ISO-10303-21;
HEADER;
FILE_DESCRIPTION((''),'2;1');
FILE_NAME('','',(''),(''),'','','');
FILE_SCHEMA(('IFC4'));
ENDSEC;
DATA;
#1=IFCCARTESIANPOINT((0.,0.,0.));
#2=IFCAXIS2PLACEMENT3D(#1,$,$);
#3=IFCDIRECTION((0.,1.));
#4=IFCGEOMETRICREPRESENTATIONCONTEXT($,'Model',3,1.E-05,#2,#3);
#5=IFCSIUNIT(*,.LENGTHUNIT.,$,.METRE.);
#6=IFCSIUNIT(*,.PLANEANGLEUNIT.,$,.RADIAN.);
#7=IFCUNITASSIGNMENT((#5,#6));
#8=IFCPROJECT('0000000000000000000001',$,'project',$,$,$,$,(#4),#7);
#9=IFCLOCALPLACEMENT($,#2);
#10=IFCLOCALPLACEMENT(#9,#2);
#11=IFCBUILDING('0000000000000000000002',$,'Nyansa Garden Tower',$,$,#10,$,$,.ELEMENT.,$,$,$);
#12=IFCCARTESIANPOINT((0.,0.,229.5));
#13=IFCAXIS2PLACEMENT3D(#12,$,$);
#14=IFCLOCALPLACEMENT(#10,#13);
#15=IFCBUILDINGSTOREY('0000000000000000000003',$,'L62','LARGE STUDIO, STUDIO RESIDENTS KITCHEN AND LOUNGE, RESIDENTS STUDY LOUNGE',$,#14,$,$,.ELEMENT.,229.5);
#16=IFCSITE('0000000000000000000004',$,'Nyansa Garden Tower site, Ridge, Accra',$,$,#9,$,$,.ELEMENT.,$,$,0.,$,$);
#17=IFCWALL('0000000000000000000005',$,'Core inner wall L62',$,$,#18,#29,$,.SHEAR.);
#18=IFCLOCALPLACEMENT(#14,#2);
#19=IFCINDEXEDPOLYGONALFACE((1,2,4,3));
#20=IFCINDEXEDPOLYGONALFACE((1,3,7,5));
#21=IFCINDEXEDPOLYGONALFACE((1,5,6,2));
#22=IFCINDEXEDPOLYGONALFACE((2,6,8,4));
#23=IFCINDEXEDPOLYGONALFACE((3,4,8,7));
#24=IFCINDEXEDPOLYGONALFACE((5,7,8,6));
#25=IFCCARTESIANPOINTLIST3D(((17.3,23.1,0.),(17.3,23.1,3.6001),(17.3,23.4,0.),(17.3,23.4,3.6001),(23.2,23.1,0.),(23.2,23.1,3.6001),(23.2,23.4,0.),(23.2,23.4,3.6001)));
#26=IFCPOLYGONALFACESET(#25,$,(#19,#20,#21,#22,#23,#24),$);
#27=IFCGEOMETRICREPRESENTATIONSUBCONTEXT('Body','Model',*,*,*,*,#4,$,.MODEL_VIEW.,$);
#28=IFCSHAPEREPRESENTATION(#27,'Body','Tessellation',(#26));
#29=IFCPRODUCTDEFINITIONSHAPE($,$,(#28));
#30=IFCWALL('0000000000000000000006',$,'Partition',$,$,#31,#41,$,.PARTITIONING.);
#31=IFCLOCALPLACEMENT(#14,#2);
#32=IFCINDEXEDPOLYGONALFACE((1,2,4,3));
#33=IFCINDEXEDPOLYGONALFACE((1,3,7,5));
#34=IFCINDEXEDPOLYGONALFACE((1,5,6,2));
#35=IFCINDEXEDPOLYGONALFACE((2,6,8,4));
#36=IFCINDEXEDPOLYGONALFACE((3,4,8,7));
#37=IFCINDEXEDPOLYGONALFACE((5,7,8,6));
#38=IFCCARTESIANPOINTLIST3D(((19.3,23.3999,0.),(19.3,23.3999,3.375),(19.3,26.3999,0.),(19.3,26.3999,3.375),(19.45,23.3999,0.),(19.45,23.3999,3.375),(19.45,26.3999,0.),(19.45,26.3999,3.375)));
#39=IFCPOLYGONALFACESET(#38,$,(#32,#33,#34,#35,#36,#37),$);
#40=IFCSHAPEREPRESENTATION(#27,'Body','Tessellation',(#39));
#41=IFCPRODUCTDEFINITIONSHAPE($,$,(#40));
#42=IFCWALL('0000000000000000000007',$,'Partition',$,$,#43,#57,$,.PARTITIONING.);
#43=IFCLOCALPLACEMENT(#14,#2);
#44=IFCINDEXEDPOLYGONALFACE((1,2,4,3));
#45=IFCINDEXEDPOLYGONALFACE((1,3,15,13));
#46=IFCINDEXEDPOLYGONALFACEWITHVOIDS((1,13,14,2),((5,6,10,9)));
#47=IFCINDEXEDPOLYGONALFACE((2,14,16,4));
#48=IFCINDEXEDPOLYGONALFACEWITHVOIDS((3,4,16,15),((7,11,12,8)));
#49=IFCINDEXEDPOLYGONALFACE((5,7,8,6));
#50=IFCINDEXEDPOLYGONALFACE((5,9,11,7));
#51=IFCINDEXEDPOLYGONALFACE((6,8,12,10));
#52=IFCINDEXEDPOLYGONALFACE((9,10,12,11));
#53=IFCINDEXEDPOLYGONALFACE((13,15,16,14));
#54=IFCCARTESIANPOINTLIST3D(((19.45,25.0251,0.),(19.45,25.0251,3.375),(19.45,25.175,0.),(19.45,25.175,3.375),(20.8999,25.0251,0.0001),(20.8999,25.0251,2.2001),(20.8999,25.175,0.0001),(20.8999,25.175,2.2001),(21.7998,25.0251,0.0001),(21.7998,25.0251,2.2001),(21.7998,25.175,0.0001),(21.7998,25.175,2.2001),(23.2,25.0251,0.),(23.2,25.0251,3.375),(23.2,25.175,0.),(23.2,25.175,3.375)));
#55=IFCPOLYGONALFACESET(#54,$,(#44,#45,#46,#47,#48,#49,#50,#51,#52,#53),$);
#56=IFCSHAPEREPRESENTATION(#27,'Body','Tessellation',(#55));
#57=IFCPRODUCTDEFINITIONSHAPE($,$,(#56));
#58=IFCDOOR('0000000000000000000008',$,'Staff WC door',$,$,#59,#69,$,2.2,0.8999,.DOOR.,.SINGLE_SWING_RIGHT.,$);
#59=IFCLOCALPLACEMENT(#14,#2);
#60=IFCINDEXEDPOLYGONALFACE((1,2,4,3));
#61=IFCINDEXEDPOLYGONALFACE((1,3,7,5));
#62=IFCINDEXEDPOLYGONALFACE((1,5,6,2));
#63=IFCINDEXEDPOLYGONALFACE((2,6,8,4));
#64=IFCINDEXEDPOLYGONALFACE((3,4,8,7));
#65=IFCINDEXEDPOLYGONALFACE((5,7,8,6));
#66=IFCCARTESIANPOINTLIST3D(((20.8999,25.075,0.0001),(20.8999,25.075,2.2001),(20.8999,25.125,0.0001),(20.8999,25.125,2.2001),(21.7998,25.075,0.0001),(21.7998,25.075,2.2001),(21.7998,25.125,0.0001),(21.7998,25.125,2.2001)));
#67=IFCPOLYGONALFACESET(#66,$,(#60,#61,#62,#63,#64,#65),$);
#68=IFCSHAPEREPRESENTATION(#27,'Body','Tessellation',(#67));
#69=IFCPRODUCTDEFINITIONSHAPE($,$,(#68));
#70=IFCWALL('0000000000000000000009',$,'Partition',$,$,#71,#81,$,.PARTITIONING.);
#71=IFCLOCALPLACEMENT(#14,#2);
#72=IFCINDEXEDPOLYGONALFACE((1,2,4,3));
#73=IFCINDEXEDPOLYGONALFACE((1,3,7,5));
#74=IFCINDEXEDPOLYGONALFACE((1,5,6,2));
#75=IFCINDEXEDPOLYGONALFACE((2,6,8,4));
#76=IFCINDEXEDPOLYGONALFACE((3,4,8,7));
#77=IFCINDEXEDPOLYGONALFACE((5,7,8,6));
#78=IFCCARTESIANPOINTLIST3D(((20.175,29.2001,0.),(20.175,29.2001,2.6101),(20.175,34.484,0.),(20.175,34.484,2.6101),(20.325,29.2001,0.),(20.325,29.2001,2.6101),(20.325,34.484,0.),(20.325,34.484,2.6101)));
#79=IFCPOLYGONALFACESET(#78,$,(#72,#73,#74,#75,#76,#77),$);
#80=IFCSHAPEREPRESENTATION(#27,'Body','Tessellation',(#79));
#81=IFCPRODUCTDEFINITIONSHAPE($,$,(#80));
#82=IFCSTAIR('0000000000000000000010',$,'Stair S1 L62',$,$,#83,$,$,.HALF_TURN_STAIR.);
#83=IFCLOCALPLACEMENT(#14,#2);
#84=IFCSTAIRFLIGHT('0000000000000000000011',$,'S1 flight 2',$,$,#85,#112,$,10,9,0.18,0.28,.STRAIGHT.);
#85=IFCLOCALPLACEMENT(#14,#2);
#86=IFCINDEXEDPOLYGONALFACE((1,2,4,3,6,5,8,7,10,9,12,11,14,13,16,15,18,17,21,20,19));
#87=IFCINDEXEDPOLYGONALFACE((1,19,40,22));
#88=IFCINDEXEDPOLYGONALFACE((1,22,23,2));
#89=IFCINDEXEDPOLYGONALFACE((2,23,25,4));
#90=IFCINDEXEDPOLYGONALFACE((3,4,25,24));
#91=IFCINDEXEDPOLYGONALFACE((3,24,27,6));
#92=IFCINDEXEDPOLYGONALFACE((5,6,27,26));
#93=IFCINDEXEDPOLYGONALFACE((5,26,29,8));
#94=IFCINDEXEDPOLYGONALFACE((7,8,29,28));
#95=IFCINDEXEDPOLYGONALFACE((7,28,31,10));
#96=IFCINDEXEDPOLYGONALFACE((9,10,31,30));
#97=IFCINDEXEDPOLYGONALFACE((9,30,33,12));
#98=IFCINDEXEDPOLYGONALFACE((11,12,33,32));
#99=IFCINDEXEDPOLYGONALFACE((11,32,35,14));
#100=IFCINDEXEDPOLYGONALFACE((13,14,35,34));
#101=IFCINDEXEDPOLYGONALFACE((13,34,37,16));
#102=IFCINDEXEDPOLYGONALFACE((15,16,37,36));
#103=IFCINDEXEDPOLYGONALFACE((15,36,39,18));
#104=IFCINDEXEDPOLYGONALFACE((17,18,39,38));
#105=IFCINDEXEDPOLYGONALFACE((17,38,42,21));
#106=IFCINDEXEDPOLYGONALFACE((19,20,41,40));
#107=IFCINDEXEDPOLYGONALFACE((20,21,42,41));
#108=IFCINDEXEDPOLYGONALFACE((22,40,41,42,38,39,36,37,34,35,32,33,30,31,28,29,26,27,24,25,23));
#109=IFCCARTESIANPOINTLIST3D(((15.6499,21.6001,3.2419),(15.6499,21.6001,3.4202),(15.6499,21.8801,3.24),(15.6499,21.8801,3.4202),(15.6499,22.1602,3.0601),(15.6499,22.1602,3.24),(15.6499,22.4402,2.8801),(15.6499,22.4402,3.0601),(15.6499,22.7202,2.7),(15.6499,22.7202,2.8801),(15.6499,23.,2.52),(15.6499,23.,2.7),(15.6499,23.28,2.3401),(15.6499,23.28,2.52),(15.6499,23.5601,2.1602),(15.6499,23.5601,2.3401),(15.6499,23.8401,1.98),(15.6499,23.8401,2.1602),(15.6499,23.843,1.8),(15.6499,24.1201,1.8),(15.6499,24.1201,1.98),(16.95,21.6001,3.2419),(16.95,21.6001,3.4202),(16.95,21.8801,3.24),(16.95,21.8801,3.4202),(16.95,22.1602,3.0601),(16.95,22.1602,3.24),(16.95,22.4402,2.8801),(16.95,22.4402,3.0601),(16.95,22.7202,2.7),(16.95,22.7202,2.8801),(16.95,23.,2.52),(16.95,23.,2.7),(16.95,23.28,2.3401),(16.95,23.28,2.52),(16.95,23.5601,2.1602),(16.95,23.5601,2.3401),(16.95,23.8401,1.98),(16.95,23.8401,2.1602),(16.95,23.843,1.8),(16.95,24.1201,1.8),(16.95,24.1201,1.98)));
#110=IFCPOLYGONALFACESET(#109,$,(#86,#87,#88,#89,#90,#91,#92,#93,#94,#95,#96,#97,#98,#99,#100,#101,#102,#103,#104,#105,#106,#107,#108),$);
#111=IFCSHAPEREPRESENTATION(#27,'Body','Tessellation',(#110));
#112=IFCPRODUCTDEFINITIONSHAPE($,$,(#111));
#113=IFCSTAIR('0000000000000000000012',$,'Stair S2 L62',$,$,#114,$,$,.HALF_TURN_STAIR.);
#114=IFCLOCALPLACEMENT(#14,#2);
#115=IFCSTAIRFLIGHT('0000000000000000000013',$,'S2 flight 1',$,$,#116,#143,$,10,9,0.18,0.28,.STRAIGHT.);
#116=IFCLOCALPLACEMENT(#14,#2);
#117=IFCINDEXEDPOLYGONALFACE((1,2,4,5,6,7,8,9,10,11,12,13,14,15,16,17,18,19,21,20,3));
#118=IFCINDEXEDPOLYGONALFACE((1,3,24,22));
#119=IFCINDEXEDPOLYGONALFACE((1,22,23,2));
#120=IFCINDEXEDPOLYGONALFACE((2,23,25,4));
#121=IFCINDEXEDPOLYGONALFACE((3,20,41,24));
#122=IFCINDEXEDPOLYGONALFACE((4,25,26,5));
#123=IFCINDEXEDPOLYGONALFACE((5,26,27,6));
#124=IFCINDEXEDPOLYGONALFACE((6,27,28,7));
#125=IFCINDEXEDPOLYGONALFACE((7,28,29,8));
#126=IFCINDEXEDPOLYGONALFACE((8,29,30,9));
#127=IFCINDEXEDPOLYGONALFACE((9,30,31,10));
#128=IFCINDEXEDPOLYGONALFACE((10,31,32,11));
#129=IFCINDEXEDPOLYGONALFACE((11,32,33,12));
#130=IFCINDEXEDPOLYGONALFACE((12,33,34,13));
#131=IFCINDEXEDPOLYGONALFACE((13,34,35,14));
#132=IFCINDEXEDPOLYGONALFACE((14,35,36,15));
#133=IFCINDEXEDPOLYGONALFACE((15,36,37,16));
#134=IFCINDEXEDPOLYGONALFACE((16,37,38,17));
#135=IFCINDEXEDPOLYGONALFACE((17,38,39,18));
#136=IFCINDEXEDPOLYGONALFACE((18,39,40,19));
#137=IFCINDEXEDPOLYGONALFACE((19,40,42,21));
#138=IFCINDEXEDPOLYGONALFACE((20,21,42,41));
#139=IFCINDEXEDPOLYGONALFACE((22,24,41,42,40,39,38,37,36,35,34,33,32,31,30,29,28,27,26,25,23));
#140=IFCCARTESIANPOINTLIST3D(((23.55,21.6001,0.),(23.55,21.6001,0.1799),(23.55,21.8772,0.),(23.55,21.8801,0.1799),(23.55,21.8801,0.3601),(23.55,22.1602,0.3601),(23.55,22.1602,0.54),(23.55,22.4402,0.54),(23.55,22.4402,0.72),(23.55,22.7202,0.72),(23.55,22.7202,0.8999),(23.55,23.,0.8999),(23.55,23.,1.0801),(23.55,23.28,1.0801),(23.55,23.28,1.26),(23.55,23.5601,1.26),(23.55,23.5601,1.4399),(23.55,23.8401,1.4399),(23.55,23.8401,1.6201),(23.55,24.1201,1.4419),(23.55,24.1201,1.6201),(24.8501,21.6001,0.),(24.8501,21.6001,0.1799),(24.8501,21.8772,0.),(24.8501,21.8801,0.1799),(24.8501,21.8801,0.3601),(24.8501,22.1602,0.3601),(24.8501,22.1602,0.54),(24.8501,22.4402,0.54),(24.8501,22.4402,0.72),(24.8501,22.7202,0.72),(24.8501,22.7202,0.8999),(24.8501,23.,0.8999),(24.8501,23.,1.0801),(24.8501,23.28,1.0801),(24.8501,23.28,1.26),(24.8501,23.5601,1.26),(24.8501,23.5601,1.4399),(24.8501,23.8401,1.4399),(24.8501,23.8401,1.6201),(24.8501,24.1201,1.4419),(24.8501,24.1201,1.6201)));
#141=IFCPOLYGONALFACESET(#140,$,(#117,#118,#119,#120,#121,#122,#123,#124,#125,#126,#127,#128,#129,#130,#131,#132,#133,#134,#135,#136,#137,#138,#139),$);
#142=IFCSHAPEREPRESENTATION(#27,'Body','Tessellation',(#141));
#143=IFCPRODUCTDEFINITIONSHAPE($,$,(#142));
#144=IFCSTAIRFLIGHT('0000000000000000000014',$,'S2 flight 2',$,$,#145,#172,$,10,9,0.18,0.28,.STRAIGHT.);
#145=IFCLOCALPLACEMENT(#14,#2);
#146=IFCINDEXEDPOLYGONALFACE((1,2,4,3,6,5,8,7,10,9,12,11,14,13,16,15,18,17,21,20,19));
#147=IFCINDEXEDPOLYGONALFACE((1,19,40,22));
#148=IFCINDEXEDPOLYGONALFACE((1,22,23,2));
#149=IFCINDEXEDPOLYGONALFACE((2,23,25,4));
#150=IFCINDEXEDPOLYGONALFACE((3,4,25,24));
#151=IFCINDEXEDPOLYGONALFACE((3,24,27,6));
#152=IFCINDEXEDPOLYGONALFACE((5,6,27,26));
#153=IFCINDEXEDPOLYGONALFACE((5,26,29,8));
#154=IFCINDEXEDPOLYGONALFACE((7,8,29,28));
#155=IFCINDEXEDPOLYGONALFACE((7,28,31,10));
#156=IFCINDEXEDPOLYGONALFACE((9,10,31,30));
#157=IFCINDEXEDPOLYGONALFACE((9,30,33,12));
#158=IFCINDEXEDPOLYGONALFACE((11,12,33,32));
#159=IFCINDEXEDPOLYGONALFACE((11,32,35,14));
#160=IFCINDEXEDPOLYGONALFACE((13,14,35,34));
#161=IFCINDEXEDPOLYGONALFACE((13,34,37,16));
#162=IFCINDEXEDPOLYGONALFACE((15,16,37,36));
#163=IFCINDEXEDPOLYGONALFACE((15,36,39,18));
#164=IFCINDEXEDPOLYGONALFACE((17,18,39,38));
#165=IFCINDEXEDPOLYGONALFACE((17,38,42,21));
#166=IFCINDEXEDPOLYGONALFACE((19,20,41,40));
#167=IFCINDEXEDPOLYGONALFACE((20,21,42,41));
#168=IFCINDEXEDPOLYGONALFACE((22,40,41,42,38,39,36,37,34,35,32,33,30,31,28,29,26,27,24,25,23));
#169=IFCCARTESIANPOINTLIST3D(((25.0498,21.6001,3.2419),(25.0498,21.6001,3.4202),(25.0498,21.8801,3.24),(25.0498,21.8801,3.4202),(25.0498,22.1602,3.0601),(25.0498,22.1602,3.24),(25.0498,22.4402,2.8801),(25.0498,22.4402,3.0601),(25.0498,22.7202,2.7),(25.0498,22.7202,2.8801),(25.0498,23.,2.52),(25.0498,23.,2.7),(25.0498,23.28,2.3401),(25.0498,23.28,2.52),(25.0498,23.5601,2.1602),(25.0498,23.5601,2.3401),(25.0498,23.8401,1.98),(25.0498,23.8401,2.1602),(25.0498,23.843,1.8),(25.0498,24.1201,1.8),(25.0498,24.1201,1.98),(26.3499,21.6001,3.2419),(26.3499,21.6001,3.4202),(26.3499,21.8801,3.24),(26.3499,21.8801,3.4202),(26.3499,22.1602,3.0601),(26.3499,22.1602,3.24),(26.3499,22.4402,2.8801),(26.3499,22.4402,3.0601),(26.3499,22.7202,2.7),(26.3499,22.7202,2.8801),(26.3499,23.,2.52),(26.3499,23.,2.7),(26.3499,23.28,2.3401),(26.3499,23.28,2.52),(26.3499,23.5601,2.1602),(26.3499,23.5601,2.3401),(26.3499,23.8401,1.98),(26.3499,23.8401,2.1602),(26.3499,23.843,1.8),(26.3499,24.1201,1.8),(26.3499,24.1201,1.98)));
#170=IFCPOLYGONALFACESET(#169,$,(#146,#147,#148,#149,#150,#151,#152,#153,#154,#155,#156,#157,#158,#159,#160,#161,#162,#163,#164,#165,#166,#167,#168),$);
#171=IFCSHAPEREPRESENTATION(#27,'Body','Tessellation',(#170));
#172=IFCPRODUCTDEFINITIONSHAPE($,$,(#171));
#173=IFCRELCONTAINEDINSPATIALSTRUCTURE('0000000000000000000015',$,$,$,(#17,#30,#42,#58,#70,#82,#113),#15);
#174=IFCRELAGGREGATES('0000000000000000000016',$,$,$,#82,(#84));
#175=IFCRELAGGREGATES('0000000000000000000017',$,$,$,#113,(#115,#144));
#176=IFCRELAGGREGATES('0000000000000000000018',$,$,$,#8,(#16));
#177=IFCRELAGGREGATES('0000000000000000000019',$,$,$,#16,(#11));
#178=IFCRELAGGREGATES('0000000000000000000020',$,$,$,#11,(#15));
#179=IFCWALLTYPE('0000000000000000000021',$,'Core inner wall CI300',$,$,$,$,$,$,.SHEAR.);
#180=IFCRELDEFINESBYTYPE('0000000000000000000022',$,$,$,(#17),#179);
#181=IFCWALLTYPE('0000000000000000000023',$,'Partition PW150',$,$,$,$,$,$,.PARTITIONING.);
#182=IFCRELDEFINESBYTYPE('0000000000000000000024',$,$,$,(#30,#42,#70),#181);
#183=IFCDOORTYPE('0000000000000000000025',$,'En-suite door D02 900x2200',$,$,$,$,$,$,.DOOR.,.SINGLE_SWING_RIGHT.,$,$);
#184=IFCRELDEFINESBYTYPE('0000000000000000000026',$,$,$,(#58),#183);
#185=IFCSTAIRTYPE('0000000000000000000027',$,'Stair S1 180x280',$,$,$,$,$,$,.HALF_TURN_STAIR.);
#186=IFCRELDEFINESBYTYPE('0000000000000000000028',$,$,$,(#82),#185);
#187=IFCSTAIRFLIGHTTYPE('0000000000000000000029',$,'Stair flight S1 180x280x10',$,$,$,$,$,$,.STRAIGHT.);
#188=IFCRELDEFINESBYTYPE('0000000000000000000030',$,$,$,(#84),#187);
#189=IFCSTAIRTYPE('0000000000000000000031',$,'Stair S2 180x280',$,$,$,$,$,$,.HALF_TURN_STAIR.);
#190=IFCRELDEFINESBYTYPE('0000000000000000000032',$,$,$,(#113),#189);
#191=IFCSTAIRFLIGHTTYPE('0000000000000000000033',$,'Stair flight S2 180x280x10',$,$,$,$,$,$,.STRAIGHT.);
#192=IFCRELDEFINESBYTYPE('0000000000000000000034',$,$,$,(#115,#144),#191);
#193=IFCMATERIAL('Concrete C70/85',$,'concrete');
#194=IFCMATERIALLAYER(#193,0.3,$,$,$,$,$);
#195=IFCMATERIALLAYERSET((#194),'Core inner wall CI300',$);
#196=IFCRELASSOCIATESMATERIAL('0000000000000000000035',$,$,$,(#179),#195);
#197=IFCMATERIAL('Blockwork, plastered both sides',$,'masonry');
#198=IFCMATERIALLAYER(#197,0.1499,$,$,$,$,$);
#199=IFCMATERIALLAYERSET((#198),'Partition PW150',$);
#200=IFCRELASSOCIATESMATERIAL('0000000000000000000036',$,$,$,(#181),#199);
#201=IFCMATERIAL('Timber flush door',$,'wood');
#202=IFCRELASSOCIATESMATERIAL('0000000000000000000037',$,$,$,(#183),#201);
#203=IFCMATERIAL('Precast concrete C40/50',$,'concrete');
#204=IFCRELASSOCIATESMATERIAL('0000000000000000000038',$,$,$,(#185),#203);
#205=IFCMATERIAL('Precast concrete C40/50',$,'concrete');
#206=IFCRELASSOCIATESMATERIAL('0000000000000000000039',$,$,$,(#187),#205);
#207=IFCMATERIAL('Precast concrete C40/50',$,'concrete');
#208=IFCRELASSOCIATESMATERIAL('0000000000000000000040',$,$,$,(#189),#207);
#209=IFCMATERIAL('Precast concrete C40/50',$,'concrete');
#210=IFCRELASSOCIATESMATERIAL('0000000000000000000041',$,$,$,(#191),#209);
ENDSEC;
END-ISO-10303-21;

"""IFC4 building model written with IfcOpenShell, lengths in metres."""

from ifc_helpers import new_model, si_unit, direction, frame, frame_2d, origin, place, context, subcontext, project, spatial, polyline, rectangle, outline, extrude, material, layer, layer_set, type_object, element, fill, aggregate, save


model = new_model("IFC4")

# Units and contexts
model_context = context("Model", 3, precision=1e-05, world=origin(), true_north=direction((0.0, 1.0)))
body_context = subcontext(model_context, "Body", "Model", "MODEL_VIEW")
ifc_project = project(units=[si_unit("LENGTHUNIT", "METRE"), si_unit("PLANEANGLEUNIT", "RADIAN")], contexts=[model_context])

# Site, building, storey
site_placement = place(None, origin())
site = spatial("IfcSite", under=ifc_project, at=site_placement, Name="Nyansa Garden Tower site, Ridge, Accra", CompositionType="ELEMENT", RefElevation=0.0)
building_placement = place(site_placement, origin())
building = spatial("IfcBuilding", under=site, at=building_placement, Name="Nyansa Garden Tower", CompositionType="ELEMENT")
storey_placement = place(building_placement, frame((0.0, 0.0, 229.5)))
storey = spatial("IfcBuildingStorey", under=building, at=storey_placement, Name="L62", Description="LARGE STUDIO, STUDIO RESIDENTS KITCHEN AND LOUNGE, RESIDENTS STUDY LOUNGE", CompositionType="ELEMENT", Elevation=229.5)

# Walls
ifc_material_1 = material(Name="Concrete C70/85", Category="concrete")
ifc_layer_1 = layer(ifc_material_1, 0.3)
ifc_layer_set_1 = layer_set([ifc_layer_1], Name="Core inner wall CI300")
wall_type_1 = type_object("IfcWallType", Name="Core inner wall CI300", PredefinedType="SHEAR", material=ifc_layer_set_1)
wall_1_placement = place(storey_placement, frame((17.3, 23.25, 0.0), z_axis=(0.0, 0.0, 1.0), x_axis=(1.0, 0.0, 0.0)))
element("IfcWall", 1, at=wall_1_placement, inside=storey, type_object=wall_type_1, Name="Core inner wall L62", PredefinedType="SHEAR", context=body_context, shape_type="SweptSolid", body=[
    extrude(rectangle(XDim=5.8999, YDim=0.3, at=frame_2d((2.95, 0.0))), origin(), (0.0, 0.0, 1.0), 3.6001),
])
ifc_material_2 = material(Name="Blockwork, plastered both sides", Category="masonry")
ifc_layer_2 = layer(ifc_material_2, 0.1499)
ifc_layer_set_2 = layer_set([ifc_layer_2], Name="Partition PW150")
wall_type_2 = type_object("IfcWallType", Name="Partition PW150", PredefinedType="PARTITIONING", material=ifc_layer_set_2)
wall_2_placement = place(storey_placement, frame((19.375, 23.3999, 0.0), z_axis=(0.0, 0.0, 1.0), x_axis=(0.0, 1.0, 0.0)))
element("IfcWall", 2, at=wall_2_placement, inside=storey, type_object=wall_type_2, Name="Partition", PredefinedType="PARTITIONING", context=body_context, shape_type="SweptSolid", body=[
    extrude(rectangle(XDim=3.0, YDim=0.1499, at=frame_2d((1.5, 0.0))), origin(), (0.0, 0.0, 1.0), 3.375),
])

# Wall, opening, door
wall_3_placement = place(storey_placement, frame((19.45, 25.1001, 0.0), z_axis=(0.0, 0.0, 1.0), x_axis=(1.0, 0.0, 0.0)))
wall_3 = element("IfcWall", 3, at=wall_3_placement, inside=storey, type_object=wall_type_2, Name="Partition", PredefinedType="PARTITIONING", context=body_context, shape_type="SweptSolid", body=[
    extrude(rectangle(XDim=3.75, YDim=0.1499, at=frame_2d((1.875, 0.0))), origin(), (0.0, 0.0, 1.0), 3.375),
])
opening_placement = place(wall_3_placement, frame((1.45, 0.0, 0.0)))
opening = element("IfcOpeningElement", 4, at=opening_placement, cuts=wall_3, PredefinedType="OPENING", context=body_context, shape_type="SweptSolid", body=[
    extrude(rectangle(XDim=0.8999, YDim=2.2, at=frame_2d((0.45, 1.1001))), frame((0.0, 0.085, 0.0), z_axis=(0.0, -1.0, 0.0), x_axis=(1.0, 0.0, 0.0)), (0.0, 0.0, 1.0), 0.1699),
])
ifc_material_3 = material(Name="Timber flush door", Category="wood")
door_type = type_object("IfcDoorType", Name="En-suite door D02 900x2200", OperationType="SINGLE_SWING_RIGHT", PredefinedType="DOOR", material=ifc_material_3)
door_placement = place(opening_placement, origin())
door = element("IfcDoor", 5, at=door_placement, inside=storey, type_object=door_type, Name="Staff WC door", OperationType="SINGLE_SWING_RIGHT", OverallHeight=2.2, OverallWidth=0.8999, PredefinedType="DOOR", context=body_context, shape_type="SweptSolid", body=[
    extrude(rectangle(XDim=0.8999, YDim=2.2, at=frame_2d((0.45, 1.1001))), frame((0.0, 0.0249, 0.0), z_axis=(0.0, -1.0, 0.0), x_axis=(1.0, 0.0, 0.0)), (0.0, 0.0, 1.0), 0.05),
])
fill(opening, door)

# Wall
wall_4_placement = place(storey_placement, frame((20.25, 29.2, 0.0), z_axis=(0.0, 0.0, 1.0), x_axis=(0.0, 1.0, 0.0)))
element("IfcWall", 6, at=wall_4_placement, inside=storey, type_object=wall_type_2, Name="Partition", PredefinedType="PARTITIONING", context=body_context, shape_type="SweptSolid", body=[
    extrude(rectangle(XDim=5.2839, YDim=0.1499, at=frame_2d((2.6421, 0.0))), origin(), (0.0, 0.0, 1.0), 2.6101),
])

# Stair, stair flight
ifc_material_4 = material(Name="Precast concrete C40/50", Category="concrete")
stair_type_1 = type_object("IfcStairType", Name="Stair S1 180x280", PredefinedType="HALF_TURN_STAIR", material=ifc_material_4)
stair_1_placement = place(storey_placement, origin())
stair_1 = element("IfcStair", 7, at=stair_1_placement, inside=storey, type_object=stair_type_1, Name="Stair S1 L62", PredefinedType="HALF_TURN_STAIR")
ifc_material_5 = material(Name="Precast concrete C40/50", Category="concrete")
stair_flight_type_1 = type_object("IfcStairFlightType", Name="Stair flight S1 180x280x10", PredefinedType="STRAIGHT", material=ifc_material_5)
stair_flight_1_placement = place(storey_placement, frame((16.3, 24.1201, 1.8), z_axis=(0.0, 0.0, 1.0), x_axis=(0.0, -1.0, 0.0)))
stair_flight_1 = element("IfcStairFlight", 8, at=stair_flight_1_placement, type_object=stair_flight_type_1, Name="S1 flight 2", NumberOfRisers=10, NumberOfTreads=9, PredefinedType="STRAIGHT", RiserHeight=0.18, TreadLength=0.28, context=body_context, shape_type="SweptSolid", body=[
    extrude(outline(polyline([(0.0, 0.0), (0.0, 0.1799), (0.28, 0.1799), (0.28, 0.3601), (0.5601, 0.3601), (0.5601, 0.54), (0.8401, 0.54), (0.8401, 0.72), (1.1201, 0.72), (1.1201, 0.8999), (1.3999, 0.8999), (1.3999, 1.0801), (1.6799, 1.0801), (1.6799, 1.26), (1.96, 1.26), (1.96, 1.4399), (2.24, 1.4399), (2.24, 1.6201), (2.52, 1.6201), (2.52, 1.8), (2.52, 1.4419), (0.2771, 0.0), (0.0, 0.0)])), frame((0.0, 0.6499, 0.0), z_axis=(0.0, -1.0, 0.0), x_axis=(1.0, 0.0, 0.0)), (0.0, 0.0, 1.0), 1.3),
])
aggregate(stair_1, [stair_flight_1])

# Stair, stair flights
ifc_material_6 = material(Name="Precast concrete C40/50", Category="concrete")
stair_type_2 = type_object("IfcStairType", Name="Stair S2 180x280", PredefinedType="HALF_TURN_STAIR", material=ifc_material_6)
stair_2_placement = place(storey_placement, origin())
stair_2 = element("IfcStair", 9, at=stair_2_placement, inside=storey, type_object=stair_type_2, Name="Stair S2 L62", PredefinedType="HALF_TURN_STAIR")
ifc_material_7 = material(Name="Precast concrete C40/50", Category="concrete")
stair_flight_type_2 = type_object("IfcStairFlightType", Name="Stair flight S2 180x280x10", PredefinedType="STRAIGHT", material=ifc_material_7)
stair_flight_2_placement = place(storey_placement, frame((24.2, 21.6001, 0.0), z_axis=(0.0, 0.0, 1.0), x_axis=(0.0, 1.0, 0.0)))
stair_flight_2 = element("IfcStairFlight", 10, at=stair_flight_2_placement, type_object=stair_flight_type_2, Name="S2 flight 1", NumberOfRisers=10, NumberOfTreads=9, PredefinedType="STRAIGHT", RiserHeight=0.18, TreadLength=0.28, context=body_context, shape_type="SweptSolid", body=[
    extrude(outline(polyline([(0.0, 0.0), (0.0, 0.1799), (0.28, 0.1799), (0.28, 0.3601), (0.5601, 0.3601), (0.5601, 0.54), (0.8401, 0.54), (0.8401, 0.72), (1.1201, 0.72), (1.1201, 0.8999), (1.3999, 0.8999), (1.3999, 1.0801), (1.6799, 1.0801), (1.6799, 1.26), (1.96, 1.26), (1.96, 1.4399), (2.24, 1.4399), (2.24, 1.6201), (2.52, 1.6201), (2.52, 1.8), (2.52, 1.4419), (0.2771, 0.0), (0.0, 0.0)])), frame((0.0, 0.6499, 0.0), z_axis=(0.0, -1.0, 0.0), x_axis=(1.0, 0.0, 0.0)), (0.0, 0.0, 1.0), 1.3),
])
stair_flight_3_placement = place(storey_placement, frame((25.7, 24.1201, 1.8), z_axis=(0.0, 0.0, 1.0), x_axis=(0.0, -1.0, 0.0)))
stair_flight_3 = element("IfcStairFlight", 11, at=stair_flight_3_placement, type_object=stair_flight_type_2, Name="S2 flight 2", NumberOfRisers=10, NumberOfTreads=9, PredefinedType="STRAIGHT", RiserHeight=0.18, TreadLength=0.28, context=body_context, shape_type="SweptSolid", body=[
    extrude(outline(polyline([(0.0, 0.0), (0.0, 0.1799), (0.28, 0.1799), (0.28, 0.3601), (0.5601, 0.3601), (0.5601, 0.54), (0.8401, 0.54), (0.8401, 0.72), (1.1201, 0.72), (1.1201, 0.8999), (1.3999, 0.8999), (1.3999, 1.0801), (1.6799, 1.0801), (1.6799, 1.26), (1.96, 1.26), (1.96, 1.4399), (2.24, 1.4399), (2.24, 1.6201), (2.52, 1.6201), (2.52, 1.8), (2.52, 1.4419), (0.2771, 0.0), (0.0, 0.0)])), frame((0.0, 0.6499, 0.0), z_axis=(0.0, -1.0, 0.0), x_axis=(1.0, 0.0, 0.0)), (0.0, 0.0, 1.0), 1.3),
])
aggregate(stair_2, [stair_flight_2, stair_flight_3])

save(model, "model.ifc")
